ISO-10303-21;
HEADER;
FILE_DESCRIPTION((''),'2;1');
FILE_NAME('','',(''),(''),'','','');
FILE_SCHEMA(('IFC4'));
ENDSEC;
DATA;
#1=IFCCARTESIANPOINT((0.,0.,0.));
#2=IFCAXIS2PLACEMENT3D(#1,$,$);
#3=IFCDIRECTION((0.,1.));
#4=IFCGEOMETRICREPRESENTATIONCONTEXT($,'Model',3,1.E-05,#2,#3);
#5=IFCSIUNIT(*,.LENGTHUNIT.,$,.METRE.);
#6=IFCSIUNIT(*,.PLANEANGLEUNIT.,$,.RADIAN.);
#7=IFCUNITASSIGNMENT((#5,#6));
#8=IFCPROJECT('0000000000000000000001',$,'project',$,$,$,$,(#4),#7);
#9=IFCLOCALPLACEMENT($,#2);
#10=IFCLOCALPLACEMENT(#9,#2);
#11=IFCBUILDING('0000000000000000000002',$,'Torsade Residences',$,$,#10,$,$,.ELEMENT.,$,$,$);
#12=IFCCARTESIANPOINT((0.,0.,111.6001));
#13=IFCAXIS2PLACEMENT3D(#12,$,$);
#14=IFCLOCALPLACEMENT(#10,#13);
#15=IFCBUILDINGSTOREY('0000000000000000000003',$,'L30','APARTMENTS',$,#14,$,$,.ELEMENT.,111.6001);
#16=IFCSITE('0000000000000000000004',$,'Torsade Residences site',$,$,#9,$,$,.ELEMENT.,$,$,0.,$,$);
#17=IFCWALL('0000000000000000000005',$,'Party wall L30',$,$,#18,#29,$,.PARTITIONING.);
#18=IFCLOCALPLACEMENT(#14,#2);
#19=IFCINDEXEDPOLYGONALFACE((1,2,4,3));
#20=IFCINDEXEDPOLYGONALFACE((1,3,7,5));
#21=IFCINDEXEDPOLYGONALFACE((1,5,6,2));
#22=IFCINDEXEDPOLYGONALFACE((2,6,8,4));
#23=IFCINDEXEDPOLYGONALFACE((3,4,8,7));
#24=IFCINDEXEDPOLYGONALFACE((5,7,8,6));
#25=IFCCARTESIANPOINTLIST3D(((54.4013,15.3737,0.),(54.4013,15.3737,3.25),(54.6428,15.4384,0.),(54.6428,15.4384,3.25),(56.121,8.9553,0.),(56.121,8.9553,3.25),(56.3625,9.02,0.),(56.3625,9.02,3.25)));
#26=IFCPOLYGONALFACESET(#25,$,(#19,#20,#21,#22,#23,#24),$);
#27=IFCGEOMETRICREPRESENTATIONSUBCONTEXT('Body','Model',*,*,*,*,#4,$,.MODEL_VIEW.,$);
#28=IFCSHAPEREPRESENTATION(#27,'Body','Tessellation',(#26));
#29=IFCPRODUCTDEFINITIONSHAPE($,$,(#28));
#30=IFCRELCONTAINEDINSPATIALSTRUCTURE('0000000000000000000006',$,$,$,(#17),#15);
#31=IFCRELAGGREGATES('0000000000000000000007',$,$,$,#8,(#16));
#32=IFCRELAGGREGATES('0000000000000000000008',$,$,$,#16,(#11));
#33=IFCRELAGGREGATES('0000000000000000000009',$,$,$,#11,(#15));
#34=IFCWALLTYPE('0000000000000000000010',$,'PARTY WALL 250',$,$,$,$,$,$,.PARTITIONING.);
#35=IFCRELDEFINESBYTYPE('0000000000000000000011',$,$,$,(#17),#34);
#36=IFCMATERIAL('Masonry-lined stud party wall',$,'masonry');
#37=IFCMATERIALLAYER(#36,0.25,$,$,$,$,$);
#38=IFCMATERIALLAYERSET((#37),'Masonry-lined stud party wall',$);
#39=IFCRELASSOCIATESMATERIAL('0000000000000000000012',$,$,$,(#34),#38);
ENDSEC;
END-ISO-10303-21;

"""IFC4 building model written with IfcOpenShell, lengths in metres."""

from ifc_helpers import new_model, si_unit, direction, frame, frame_2d, origin, place, context, subcontext, project, spatial, rectangle, extrude, material, layer, layer_set, type_object, element, save


model = new_model("IFC4")

# Units and contexts
model_context = context("Model", 3, precision=1e-05, world=origin(), true_north=direction((0.0, 1.0)))
body_context = subcontext(model_context, "Body", "Model", "MODEL_VIEW")
ifc_project = project(units=[si_unit("LENGTHUNIT", "METRE"), si_unit("PLANEANGLEUNIT", "RADIAN")], contexts=[model_context])

# Site, building, storey
site_placement = place(None, origin())
site = spatial("IfcSite", under=ifc_project, at=site_placement, Name="Torsade Residences site", CompositionType="ELEMENT", RefElevation=0.0)
building_placement = place(site_placement, origin())
building = spatial("IfcBuilding", under=site, at=building_placement, Name="Torsade Residences", CompositionType="ELEMENT")
storey_placement = place(building_placement, frame((0.0, 0.0, 111.6001)))
storey = spatial("IfcBuildingStorey", under=building, at=storey_placement, Name="L30", Description="APARTMENTS", CompositionType="ELEMENT", Elevation=111.6001)

# Wall
ifc_material_1 = material(Name="Masonry-lined stud party wall", Category="masonry")
ifc_layer_1 = layer(ifc_material_1, 0.25)
ifc_layer_set_1 = layer_set([ifc_layer_1], Name="Masonry-lined stud party wall")
wall_type_1 = type_object("IfcWallType", Name="PARTY WALL 250", PredefinedType="PARTITIONING", material=ifc_layer_set_1)
wall_1_placement = place(storey_placement, frame((56.2417, 8.9878, 0.0), z_axis=(0.0, 0.0, 1.0), x_axis=(-0.258806, 0.965929, 0.0)))
element("IfcWall", 1, at=wall_1_placement, inside=storey, type_object=wall_type_1, Name="Party wall L30", PredefinedType="PARTITIONING", context=body_context, shape_type="SweptSolid", body=[
    extrude(rectangle(XDim=6.6448, YDim=0.25, at=frame_2d((3.3223, 0.0))), origin(), (0.0, 0.0, 1.0), 3.25),
])

save(model, "model.ifc")
